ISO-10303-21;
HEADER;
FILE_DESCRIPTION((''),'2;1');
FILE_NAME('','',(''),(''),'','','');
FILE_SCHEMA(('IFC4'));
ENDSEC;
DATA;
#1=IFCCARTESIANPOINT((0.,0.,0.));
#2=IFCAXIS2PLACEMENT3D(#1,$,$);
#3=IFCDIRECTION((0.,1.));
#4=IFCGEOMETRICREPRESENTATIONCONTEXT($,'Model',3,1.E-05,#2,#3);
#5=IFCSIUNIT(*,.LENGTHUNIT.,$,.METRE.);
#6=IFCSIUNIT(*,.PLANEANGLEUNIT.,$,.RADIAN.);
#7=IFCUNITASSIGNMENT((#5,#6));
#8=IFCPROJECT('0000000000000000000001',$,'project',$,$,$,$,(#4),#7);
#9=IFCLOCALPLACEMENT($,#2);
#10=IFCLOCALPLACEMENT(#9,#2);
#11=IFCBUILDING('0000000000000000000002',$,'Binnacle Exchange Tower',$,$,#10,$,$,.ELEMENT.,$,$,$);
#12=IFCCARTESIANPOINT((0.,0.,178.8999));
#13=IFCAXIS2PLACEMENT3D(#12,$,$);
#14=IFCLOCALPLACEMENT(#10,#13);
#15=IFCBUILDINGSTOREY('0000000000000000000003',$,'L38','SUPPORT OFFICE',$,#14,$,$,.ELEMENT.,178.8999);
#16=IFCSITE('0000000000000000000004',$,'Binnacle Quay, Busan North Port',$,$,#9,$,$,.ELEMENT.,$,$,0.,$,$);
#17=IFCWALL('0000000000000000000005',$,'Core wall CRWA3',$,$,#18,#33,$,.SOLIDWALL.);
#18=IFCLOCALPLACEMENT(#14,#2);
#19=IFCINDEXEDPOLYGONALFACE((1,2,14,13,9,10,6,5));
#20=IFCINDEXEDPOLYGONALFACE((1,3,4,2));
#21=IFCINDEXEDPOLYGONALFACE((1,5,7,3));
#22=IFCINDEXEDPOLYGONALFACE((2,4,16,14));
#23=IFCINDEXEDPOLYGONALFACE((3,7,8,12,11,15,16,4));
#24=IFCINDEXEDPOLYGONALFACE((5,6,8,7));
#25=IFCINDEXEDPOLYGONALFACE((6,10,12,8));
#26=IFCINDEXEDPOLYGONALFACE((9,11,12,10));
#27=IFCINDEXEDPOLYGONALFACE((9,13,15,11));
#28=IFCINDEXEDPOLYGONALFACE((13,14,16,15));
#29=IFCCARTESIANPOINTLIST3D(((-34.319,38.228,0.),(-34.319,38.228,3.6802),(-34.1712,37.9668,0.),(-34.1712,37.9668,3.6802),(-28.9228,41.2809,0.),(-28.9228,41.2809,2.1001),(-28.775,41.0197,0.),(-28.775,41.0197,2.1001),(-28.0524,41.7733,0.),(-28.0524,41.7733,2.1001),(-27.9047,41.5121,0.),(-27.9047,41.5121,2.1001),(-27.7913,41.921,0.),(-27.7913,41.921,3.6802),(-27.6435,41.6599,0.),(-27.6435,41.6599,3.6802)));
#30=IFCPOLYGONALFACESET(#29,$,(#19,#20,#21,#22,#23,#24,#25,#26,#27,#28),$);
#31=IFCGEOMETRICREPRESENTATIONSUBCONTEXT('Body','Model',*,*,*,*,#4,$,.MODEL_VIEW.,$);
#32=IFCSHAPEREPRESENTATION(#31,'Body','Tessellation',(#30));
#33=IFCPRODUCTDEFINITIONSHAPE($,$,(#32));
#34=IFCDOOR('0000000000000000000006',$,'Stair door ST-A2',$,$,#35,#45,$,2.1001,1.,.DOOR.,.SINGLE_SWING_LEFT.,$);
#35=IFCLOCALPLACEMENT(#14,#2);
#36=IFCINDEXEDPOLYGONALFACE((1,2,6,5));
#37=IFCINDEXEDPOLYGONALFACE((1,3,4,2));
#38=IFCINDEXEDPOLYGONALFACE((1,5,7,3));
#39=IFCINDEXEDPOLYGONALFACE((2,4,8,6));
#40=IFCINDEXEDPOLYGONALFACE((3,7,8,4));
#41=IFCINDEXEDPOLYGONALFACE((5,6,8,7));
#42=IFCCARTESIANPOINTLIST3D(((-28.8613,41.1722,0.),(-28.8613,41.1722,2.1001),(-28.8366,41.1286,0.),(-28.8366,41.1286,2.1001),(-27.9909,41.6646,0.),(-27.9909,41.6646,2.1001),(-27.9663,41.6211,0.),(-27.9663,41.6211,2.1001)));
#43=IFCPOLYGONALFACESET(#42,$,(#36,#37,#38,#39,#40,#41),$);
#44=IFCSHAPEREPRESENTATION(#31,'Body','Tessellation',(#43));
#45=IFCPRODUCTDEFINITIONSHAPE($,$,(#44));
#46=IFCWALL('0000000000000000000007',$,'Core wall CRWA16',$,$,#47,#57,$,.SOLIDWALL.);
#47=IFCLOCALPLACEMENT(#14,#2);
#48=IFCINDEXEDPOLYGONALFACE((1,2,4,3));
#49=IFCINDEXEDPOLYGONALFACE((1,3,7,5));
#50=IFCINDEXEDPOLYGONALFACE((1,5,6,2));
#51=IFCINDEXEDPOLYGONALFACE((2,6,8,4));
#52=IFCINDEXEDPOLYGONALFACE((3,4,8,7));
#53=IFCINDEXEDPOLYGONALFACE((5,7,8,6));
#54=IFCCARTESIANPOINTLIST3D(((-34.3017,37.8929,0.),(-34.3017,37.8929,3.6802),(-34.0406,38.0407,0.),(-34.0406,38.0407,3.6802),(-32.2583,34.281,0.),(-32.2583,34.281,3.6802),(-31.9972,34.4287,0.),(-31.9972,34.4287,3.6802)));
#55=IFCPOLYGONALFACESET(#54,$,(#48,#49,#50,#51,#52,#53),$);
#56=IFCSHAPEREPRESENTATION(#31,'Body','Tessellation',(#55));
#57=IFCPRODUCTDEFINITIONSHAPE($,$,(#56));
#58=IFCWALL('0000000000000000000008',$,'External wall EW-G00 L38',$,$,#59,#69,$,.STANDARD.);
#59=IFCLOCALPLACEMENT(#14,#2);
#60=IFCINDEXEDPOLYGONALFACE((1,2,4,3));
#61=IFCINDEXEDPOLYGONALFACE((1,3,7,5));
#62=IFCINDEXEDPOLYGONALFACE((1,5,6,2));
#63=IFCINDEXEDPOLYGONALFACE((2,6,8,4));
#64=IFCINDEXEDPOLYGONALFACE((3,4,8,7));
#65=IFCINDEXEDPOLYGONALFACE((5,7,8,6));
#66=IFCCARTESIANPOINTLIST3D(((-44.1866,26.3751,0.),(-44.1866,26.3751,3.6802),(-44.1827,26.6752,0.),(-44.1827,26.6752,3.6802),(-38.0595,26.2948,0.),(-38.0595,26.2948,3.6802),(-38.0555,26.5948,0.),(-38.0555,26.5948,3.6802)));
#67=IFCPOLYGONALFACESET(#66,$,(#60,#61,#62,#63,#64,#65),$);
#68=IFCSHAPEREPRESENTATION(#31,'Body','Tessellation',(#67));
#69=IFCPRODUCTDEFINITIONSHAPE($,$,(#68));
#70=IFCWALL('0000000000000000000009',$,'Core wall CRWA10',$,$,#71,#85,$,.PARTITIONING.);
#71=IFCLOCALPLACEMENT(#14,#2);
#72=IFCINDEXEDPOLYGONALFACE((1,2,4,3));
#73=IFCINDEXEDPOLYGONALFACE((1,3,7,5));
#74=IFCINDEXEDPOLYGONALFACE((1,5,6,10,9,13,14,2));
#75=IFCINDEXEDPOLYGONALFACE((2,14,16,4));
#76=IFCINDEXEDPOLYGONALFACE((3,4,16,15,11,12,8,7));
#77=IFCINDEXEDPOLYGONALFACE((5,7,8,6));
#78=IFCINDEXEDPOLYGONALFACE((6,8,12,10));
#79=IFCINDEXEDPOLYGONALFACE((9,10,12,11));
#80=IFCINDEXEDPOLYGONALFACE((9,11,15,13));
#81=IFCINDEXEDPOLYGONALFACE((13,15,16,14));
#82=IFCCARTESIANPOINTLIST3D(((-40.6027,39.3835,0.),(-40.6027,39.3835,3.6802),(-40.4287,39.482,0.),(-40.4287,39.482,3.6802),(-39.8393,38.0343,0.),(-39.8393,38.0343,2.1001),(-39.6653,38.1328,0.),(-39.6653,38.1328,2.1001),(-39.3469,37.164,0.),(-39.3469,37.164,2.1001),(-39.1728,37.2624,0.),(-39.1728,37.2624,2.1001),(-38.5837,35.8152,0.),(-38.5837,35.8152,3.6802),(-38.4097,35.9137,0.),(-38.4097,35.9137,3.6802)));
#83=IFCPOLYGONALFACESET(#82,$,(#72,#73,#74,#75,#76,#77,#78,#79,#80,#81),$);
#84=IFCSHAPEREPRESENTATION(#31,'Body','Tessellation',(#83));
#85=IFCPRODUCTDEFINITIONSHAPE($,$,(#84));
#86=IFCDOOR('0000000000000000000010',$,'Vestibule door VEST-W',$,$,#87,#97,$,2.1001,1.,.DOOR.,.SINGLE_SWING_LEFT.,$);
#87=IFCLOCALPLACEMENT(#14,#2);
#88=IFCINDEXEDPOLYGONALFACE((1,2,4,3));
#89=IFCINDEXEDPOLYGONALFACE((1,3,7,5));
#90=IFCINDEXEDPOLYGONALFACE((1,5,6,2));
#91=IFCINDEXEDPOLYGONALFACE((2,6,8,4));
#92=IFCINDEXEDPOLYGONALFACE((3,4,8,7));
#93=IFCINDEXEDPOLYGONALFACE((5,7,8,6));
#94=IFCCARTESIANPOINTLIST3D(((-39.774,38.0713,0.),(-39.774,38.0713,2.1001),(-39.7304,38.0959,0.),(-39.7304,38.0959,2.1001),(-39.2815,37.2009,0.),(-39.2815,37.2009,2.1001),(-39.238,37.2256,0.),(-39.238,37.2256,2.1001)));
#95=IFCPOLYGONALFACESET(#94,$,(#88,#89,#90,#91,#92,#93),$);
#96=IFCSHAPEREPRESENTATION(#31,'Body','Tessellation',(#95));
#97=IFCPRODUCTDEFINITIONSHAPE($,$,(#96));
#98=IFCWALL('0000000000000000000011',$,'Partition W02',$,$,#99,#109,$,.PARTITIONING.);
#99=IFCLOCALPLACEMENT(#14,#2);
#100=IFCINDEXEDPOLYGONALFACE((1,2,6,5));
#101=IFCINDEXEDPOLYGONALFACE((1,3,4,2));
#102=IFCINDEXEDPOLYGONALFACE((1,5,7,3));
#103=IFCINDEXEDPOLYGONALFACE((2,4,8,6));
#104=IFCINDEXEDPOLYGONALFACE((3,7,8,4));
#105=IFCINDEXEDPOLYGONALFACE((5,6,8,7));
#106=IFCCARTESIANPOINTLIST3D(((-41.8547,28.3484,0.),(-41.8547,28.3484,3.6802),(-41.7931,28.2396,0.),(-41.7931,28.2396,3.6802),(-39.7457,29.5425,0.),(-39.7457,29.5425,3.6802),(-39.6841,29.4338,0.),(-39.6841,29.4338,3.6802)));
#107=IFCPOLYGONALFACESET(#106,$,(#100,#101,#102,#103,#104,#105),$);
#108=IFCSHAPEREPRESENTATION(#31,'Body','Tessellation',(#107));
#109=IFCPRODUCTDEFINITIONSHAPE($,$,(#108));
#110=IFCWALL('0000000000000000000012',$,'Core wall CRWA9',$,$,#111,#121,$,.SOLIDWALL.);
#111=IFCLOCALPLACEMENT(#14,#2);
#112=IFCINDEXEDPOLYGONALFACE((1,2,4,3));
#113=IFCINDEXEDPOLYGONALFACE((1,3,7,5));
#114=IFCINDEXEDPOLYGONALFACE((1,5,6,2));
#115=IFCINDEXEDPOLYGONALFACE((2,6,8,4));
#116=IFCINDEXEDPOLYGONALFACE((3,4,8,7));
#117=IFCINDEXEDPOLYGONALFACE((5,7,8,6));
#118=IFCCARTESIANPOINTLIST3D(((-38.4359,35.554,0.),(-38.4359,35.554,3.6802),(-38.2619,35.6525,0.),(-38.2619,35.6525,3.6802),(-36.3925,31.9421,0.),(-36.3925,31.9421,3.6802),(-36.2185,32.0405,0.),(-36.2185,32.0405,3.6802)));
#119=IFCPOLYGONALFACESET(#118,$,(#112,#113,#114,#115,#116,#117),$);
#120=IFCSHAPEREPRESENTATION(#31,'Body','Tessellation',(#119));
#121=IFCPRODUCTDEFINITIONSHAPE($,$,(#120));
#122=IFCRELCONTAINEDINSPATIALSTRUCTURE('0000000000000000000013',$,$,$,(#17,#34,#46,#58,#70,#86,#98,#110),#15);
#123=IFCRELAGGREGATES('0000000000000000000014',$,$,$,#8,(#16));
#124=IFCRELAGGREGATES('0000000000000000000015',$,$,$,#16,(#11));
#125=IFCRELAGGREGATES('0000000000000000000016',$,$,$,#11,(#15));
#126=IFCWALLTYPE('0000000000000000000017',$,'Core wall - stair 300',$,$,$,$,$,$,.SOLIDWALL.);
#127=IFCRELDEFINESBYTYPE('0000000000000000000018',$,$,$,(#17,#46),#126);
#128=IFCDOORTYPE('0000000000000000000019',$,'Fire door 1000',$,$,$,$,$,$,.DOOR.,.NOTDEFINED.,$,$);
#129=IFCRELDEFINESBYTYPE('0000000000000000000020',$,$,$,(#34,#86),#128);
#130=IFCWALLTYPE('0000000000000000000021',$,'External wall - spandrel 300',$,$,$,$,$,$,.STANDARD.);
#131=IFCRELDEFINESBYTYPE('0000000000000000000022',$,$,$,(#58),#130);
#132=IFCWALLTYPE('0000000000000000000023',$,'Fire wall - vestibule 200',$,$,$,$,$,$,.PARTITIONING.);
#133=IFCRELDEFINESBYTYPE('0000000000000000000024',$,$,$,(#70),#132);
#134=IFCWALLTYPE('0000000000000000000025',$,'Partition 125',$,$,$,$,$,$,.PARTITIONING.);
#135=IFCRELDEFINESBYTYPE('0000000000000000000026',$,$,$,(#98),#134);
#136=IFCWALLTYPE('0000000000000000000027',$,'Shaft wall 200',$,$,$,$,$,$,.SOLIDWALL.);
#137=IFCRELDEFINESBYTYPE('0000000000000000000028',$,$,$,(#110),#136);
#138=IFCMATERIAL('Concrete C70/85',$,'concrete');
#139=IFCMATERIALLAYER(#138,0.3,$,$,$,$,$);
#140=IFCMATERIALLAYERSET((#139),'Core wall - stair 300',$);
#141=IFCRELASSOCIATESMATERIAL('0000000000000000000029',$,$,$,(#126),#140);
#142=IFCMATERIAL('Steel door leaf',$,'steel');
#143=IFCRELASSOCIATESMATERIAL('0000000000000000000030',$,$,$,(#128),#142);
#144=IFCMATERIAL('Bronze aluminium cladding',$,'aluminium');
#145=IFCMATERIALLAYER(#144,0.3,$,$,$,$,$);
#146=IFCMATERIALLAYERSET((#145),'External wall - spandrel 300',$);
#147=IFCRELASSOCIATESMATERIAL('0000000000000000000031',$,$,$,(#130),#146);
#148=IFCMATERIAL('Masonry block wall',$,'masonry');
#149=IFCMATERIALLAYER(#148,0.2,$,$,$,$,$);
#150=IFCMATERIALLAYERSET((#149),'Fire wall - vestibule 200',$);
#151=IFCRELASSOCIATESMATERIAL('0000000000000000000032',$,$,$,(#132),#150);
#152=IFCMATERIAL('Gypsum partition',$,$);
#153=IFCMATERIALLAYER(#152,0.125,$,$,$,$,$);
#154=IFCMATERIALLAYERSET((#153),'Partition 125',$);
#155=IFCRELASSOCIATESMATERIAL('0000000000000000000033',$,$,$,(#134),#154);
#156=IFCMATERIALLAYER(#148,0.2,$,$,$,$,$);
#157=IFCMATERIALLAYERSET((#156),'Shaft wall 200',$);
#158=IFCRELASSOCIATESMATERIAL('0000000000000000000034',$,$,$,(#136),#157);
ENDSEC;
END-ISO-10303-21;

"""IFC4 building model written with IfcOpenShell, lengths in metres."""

from ifc_helpers import new_model, si_unit, direction, frame, frame_2d, origin, place, context, subcontext, project, spatial, rectangle, extrude, material, layer, layer_set, type_object, element, fill, save


model = new_model("IFC4")

# Units and contexts
model_context = context("Model", 3, precision=1e-05, world=origin(), true_north=direction((0.0, 1.0)))
body_context = subcontext(model_context, "Body", "Model", "MODEL_VIEW")
ifc_project = project(units=[si_unit("LENGTHUNIT", "METRE"), si_unit("PLANEANGLEUNIT", "RADIAN")], contexts=[model_context])

# Site, building, storey
site_placement = place(None, origin())
site = spatial("IfcSite", under=ifc_project, at=site_placement, Name="Binnacle Quay, Busan North Port", CompositionType="ELEMENT", RefElevation=0.0)
building_placement = place(site_placement, origin())
building = spatial("IfcBuilding", under=site, at=building_placement, Name="Binnacle Exchange Tower", CompositionType="ELEMENT")
storey_placement = place(building_placement, frame((0.0, 0.0, 178.8999)))
storey = spatial("IfcBuildingStorey", under=building, at=storey_placement, Name="L38", Description="SUPPORT OFFICE", CompositionType="ELEMENT", Elevation=178.8999)

# Shared definitions
ifc_material_1 = material(Name="Concrete C70/85", Category="concrete")

# Shared definitions
ifc_material_2 = material(Name="Steel door leaf", Category="steel")

# Wall, opening, door
ifc_layer_1 = layer(ifc_material_1, 0.3)
ifc_layer_set_1 = layer_set([ifc_layer_1], Name="Core wall - stair 300")
wall_type_1 = type_object("IfcWallType", Name="Core wall - stair 300", PredefinedType="SOLIDWALL", material=ifc_layer_set_1)
wall_1_placement = place(storey_placement, frame((-34.2451, 38.0974, 0.0), z_axis=(0.0, 0.0, 1.0), x_axis=(0.870365, 0.492408, 0.0)))
wall_1 = element("IfcWall", 1, at=wall_1_placement, inside=storey, type_object=wall_type_1, Name="Core wall CRWA3", PredefinedType="SOLIDWALL", context=body_context, shape_type="SweptSolid", body=[
    extrude(rectangle(XDim=7.5, YDim=0.3, at=frame_2d((3.75, 0.0))), origin(), (0.0, 0.0, 1.0), 3.6802),
])
opening_1_placement = place(wall_1_placement, frame((6.2, 0.0, 0.0)))
opening_1 = element("IfcOpeningElement", 2, at=opening_1_placement, cuts=wall_1, PredefinedType="OPENING", context=body_context, shape_type="SweptSolid", body=[
    extrude(rectangle(XDim=1.0, YDim=2.1001, at=frame_2d((0.5, 1.05))), frame((0.0, 0.1599, 0.0), z_axis=(0.0, -1.0, 0.0), x_axis=(1.0, 0.0, 0.0)), (0.0, 0.0, 1.0), 0.3201),
])
door_type_1 = type_object("IfcDoorType", Name="Fire door 1000", OperationType="NOTDEFINED", PredefinedType="DOOR", material=ifc_material_2)
door_1_placement = place(opening_1_placement, frame((1.0, 0.0, 0.0), z_axis=(0.0, 0.0, 1.0), x_axis=(-1.0, 0.0, 0.0)))
door_1 = element("IfcDoor", 3, at=door_1_placement, inside=storey, type_object=door_type_1, Name="Stair door ST-A2", OperationType="SINGLE_SWING_LEFT", OverallHeight=2.1001, OverallWidth=1.0, PredefinedType="DOOR", context=body_context, shape_type="SweptSolid", body=[
    extrude(rectangle(XDim=1.0, YDim=2.1001, at=frame_2d((0.5, 1.05))), frame((0.0, 0.0249, 0.0), z_axis=(0.0, -1.0, 0.0), x_axis=(1.0, 0.0, 0.0)), (0.0, 0.0, 1.0), 0.05),
])
fill(opening_1, door_1)

# Walls
wall_2_placement = place(storey_placement, frame((-34.1711, 37.9668, 0.0), z_axis=(0.0, 0.0, 1.0), x_axis=(0.492396, -0.870371, 0.0)))
element("IfcWall", 4, at=wall_2_placement, inside=storey, type_object=wall_type_1, Name="Core wall CRWA16", PredefinedType="SOLIDWALL", context=body_context, shape_type="SweptSolid", body=[
    extrude(rectangle(XDim=4.1499, YDim=0.3, at=frame_2d((2.075, 0.0))), origin(), (0.0, 0.0, 1.0), 3.6802),
])
ifc_material_3 = material(Name="Bronze aluminium cladding", Category="aluminium")
ifc_layer_2 = layer(ifc_material_3, 0.3)
ifc_layer_set_2 = layer_set([ifc_layer_2], Name="External wall - spandrel 300")
wall_type_2 = type_object("IfcWallType", Name="External wall - spandrel 300", PredefinedType="STANDARD", material=ifc_layer_set_2)
wall_3_placement = place(storey_placement, frame((-38.0574, 26.4448, 0.0), z_axis=(0.0, 0.0, 1.0), x_axis=(-0.999914, 0.013108, 0.0)))
element("IfcWall", 5, at=wall_3_placement, inside=storey, type_object=wall_type_2, Name="External wall EW-G00 L38", PredefinedType="STANDARD", context=body_context, shape_type="SweptSolid", body=[
    extrude(rectangle(XDim=6.1277, YDim=0.3, at=frame_2d((3.064, 0.0))), origin(), (0.0, 0.0, 1.0), 3.6802),
])

# Wall, opening, door
ifc_material_4 = material(Name="Masonry block wall", Category="masonry")
ifc_layer_3 = layer(ifc_material_4, 0.2)
ifc_layer_set_3 = layer_set([ifc_layer_3], Name="Fire wall - vestibule 200")
wall_type_3 = type_object("IfcWallType", Name="Fire wall - vestibule 200", PredefinedType="PARTITIONING", material=ifc_layer_set_3)
wall_4_placement = place(storey_placement, frame((-40.5156, 39.4326, 0.0), z_axis=(0.0, 0.0, 1.0), x_axis=(0.492454, -0.870339, 0.0)))
wall_4 = element("IfcWall", 6, at=wall_4_placement, inside=storey, type_object=wall_type_3, Name="Core wall CRWA10", PredefinedType="PARTITIONING", context=body_context, shape_type="SweptSolid", body=[
    extrude(rectangle(XDim=4.0999, YDim=0.2, at=frame_2d((2.0498, 0.0))), origin(), (0.0, 0.0, 1.0), 3.6802),
])
opening_2_placement = place(wall_4_placement, frame((1.55, 0.0, 0.0)))
opening_2 = element("IfcOpeningElement", 7, at=opening_2_placement, cuts=wall_4, PredefinedType="OPENING", context=body_context, shape_type="SweptSolid", body=[
    extrude(rectangle(XDim=1.0, YDim=2.1001, at=frame_2d((0.5, 1.05))), frame((0.0, 0.1099, 0.0), z_axis=(0.0, -1.0, 0.0), x_axis=(1.0, 0.0, 0.0)), (0.0, 0.0, 1.0), 0.22),
])
door_2_placement = place(opening_2_placement, frame((1.0, 0.0, 0.0), z_axis=(0.0, 0.0, 1.0), x_axis=(-1.0, 0.0, 0.0)))
door_2 = element("IfcDoor", 8, at=door_2_placement, inside=storey, type_object=door_type_1, Name="Vestibule door VEST-W", OperationType="SINGLE_SWING_LEFT", OverallHeight=2.1001, OverallWidth=1.0, PredefinedType="DOOR", context=body_context, shape_type="SweptSolid", body=[
    extrude(rectangle(XDim=1.0, YDim=2.1001, at=frame_2d((0.5, 1.05))), frame((0.0, 0.0249, 0.0), z_axis=(0.0, -1.0, 0.0), x_axis=(1.0, 0.0, 0.0)), (0.0, 0.0, 1.0), 0.05),
])
fill(opening_2, door_2)

# Walls
ifc_material_5 = material(Name="Gypsum partition")
ifc_layer_4 = layer(ifc_material_5, 0.125)
ifc_layer_set_4 = layer_set([ifc_layer_4], Name="Partition 125")
wall_type_4 = type_object("IfcWallType", Name="Partition 125", PredefinedType="PARTITIONING", material=ifc_layer_set_4)
wall_5_placement = place(storey_placement, frame((-41.824, 28.2939, 0.0), z_axis=(0.0, 0.0, 1.0), x_axis=(0.870189, 0.492718, 0.0)))
element("IfcWall", 9, at=wall_5_placement, inside=storey, type_object=wall_type_4, Name="Partition W02", PredefinedType="PARTITIONING", context=body_context, shape_type="SweptSolid", body=[
    extrude(rectangle(XDim=2.4236, YDim=0.125, at=frame_2d((1.2119, 0.0))), origin(), (0.0, 0.0, 1.0), 3.6802),
])
ifc_layer_5 = layer(ifc_material_4, 0.2)
ifc_layer_set_5 = layer_set([ifc_layer_5], Name="Shaft wall 200")
wall_type_5 = type_object("IfcWallType", Name="Shaft wall 200", PredefinedType="SOLIDWALL", material=ifc_layer_set_5)
wall_6_placement = place(storey_placement, frame((-38.3489, 35.6033, 0.0), z_axis=(0.0, 0.0, 1.0), x_axis=(0.492396, -0.870371, 0.0)))
element("IfcWall", 10, at=wall_6_placement, inside=storey, type_object=wall_type_5, Name="Core wall CRWA9", PredefinedType="SOLIDWALL", context=body_context, shape_type="SweptSolid", body=[
    extrude(rectangle(XDim=4.1499, YDim=0.2, at=frame_2d((2.075, 0.0))), origin(), (0.0, 0.0, 1.0), 3.6802),
])

save(model, "model.ifc")
